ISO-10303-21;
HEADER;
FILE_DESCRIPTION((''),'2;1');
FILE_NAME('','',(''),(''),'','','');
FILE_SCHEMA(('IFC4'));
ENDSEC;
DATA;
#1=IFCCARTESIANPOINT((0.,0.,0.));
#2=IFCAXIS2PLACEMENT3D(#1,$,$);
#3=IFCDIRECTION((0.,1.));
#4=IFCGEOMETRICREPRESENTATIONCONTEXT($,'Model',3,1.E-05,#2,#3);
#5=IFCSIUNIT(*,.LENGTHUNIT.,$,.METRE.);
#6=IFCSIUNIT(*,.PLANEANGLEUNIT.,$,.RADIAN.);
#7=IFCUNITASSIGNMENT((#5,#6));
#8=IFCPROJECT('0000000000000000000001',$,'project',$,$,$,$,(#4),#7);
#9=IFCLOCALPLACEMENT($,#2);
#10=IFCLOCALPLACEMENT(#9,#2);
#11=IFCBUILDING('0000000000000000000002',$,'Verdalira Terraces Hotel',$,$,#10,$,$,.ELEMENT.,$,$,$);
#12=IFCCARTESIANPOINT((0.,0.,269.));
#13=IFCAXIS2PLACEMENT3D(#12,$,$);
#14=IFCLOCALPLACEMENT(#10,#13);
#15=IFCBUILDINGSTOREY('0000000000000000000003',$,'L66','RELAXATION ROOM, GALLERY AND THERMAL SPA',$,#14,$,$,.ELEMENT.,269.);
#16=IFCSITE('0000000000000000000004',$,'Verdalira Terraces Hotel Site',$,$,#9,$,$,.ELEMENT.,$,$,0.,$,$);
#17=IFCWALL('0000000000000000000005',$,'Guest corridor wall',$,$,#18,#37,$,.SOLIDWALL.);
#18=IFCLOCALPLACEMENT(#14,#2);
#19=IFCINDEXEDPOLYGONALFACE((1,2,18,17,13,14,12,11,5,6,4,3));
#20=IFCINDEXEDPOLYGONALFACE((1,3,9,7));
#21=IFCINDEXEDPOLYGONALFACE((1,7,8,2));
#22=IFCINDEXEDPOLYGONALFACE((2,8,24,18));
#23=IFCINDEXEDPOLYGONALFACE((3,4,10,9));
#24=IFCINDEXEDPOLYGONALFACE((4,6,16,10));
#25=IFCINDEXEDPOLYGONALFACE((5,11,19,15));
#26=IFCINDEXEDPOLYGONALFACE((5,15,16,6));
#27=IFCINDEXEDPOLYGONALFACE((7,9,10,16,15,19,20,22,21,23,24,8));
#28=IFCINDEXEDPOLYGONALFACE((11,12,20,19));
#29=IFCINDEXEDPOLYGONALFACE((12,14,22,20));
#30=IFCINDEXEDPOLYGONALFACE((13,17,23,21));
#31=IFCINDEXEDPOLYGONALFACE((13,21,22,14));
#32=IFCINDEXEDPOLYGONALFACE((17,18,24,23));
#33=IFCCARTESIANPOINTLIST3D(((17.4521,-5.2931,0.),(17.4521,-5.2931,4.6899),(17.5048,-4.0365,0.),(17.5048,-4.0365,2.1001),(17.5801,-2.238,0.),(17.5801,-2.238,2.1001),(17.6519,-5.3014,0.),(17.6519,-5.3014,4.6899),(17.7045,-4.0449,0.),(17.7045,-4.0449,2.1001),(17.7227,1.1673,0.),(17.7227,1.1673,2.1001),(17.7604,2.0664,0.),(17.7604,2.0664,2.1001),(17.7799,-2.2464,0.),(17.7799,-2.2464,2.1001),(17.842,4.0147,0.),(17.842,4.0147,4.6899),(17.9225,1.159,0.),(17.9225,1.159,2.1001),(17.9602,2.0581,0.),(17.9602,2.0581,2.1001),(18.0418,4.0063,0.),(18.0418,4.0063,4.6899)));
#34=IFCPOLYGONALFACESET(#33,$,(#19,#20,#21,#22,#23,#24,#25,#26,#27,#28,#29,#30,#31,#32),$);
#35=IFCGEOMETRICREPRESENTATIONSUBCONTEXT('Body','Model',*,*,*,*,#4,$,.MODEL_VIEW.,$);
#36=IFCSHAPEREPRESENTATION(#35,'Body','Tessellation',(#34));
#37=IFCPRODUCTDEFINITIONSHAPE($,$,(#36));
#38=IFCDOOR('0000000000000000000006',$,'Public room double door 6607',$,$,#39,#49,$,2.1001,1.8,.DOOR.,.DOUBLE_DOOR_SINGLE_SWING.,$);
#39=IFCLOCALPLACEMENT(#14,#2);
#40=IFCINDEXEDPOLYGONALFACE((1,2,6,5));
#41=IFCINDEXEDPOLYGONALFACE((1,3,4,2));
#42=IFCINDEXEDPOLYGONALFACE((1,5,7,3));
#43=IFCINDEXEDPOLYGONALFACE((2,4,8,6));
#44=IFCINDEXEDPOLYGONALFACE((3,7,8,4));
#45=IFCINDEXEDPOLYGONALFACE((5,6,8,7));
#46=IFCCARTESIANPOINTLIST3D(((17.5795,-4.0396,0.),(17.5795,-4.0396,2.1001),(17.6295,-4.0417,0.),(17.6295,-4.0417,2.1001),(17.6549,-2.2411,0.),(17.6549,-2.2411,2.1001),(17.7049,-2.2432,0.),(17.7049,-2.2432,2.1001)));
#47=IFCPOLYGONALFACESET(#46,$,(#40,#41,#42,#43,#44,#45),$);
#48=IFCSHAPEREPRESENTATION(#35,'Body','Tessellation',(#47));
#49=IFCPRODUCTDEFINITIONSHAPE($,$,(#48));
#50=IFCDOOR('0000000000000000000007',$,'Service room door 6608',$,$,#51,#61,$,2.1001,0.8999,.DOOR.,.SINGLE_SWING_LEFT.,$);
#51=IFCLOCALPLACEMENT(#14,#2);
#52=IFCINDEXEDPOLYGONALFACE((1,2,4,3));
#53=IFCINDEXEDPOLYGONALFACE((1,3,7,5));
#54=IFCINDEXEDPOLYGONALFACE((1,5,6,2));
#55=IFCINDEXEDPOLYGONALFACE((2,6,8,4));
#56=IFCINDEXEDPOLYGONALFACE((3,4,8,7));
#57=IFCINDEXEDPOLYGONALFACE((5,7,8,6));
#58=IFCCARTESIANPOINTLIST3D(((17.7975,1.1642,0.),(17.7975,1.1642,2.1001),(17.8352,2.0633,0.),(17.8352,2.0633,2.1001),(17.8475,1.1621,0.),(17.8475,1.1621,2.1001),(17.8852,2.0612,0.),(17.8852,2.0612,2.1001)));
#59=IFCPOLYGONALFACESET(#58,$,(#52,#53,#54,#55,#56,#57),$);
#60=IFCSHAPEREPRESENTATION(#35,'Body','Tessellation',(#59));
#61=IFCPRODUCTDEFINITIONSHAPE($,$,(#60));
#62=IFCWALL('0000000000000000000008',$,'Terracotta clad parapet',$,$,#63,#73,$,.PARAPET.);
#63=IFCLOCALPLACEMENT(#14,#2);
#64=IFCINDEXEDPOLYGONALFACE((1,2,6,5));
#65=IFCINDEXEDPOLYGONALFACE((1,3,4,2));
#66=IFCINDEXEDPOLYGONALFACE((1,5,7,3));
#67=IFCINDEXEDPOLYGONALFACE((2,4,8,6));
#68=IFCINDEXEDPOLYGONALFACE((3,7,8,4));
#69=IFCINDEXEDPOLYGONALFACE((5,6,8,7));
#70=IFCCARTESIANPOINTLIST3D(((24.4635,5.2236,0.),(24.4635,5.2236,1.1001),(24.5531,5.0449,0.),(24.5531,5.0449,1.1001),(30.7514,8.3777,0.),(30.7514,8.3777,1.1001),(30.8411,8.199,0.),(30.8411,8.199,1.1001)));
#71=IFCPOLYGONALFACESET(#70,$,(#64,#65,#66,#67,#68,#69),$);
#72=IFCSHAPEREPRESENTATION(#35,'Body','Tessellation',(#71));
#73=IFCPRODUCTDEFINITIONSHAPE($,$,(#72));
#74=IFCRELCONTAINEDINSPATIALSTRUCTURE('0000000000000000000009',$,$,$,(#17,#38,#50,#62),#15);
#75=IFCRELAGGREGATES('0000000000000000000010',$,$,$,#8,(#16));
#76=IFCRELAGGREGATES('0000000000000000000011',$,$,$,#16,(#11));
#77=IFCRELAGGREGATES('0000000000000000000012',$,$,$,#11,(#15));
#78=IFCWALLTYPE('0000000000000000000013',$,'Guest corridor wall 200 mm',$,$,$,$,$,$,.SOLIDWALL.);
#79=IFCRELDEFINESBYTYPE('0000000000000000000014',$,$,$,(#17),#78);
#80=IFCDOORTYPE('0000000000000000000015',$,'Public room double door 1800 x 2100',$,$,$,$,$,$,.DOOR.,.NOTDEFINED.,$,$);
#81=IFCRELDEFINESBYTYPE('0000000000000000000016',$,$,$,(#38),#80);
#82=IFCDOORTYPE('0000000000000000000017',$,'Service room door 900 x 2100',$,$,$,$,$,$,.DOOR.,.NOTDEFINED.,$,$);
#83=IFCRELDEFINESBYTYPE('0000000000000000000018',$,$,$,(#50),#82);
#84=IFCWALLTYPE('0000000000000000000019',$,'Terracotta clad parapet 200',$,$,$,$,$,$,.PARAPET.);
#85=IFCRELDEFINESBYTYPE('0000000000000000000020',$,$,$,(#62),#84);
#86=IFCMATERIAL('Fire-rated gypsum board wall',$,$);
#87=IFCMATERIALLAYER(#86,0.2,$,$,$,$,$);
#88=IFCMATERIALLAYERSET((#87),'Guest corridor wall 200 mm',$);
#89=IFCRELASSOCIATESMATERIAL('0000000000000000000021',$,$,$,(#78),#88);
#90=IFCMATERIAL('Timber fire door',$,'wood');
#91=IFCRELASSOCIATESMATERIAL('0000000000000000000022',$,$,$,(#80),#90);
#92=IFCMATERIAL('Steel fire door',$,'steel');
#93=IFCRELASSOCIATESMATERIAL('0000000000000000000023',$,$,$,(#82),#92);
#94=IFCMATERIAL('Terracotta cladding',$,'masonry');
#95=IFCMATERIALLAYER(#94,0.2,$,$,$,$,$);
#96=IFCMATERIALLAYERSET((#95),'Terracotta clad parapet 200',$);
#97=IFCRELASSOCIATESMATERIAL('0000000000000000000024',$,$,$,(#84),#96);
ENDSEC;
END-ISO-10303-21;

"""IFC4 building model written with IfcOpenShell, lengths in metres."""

from ifc_helpers import new_model, si_unit, direction, frame, frame_2d, origin, place, context, subcontext, project, spatial, rectangle, extrude, material, layer, layer_set, type_object, element, fill, save


model = new_model("IFC4")

# Units and contexts
model_context = context("Model", 3, precision=1e-05, world=origin(), true_north=direction((0.0, 1.0)))
body_context = subcontext(model_context, "Body", "Model", "MODEL_VIEW")
ifc_project = project(units=[si_unit("LENGTHUNIT", "METRE"), si_unit("PLANEANGLEUNIT", "RADIAN")], contexts=[model_context])

# Site, building, storey
site_placement = place(None, origin())
site = spatial("IfcSite", under=ifc_project, at=site_placement, Name="Verdalira Terraces Hotel Site", CompositionType="ELEMENT", RefElevation=0.0)
building_placement = place(site_placement, origin())
building = spatial("IfcBuilding", under=site, at=building_placement, Name="Verdalira Terraces Hotel", CompositionType="ELEMENT")
storey_placement = place(building_placement, frame((0.0, 0.0, 269.0)))
storey = spatial("IfcBuildingStorey", under=building, at=storey_placement, Name="L66", Description="RELAXATION ROOM, GALLERY AND THERMAL SPA", CompositionType="ELEMENT", Elevation=269.0)

# Shared definitions
ifc_material_1 = material(Name="Fire-rated gypsum board wall")
ifc_layer_1 = layer(ifc_material_1, 0.2)
ifc_layer_set_1 = layer_set([ifc_layer_1], Name="Guest corridor wall 200 mm")
wall_type_1 = type_object("IfcWallType", Name="Guest corridor wall 200 mm", PredefinedType="SOLIDWALL", material=ifc_layer_set_1)
ifc_material_2 = material(Name="Timber fire door", Category="wood")
door_type_1 = type_object("IfcDoorType", Name="Public room double door 1800 x 2100", OperationType="NOTDEFINED", PredefinedType="DOOR", material=ifc_material_2)

# Wall, openings, doors
wall_1_placement = place(storey_placement, frame((17.9419, 4.0105, 0.0), z_axis=(0.0, 0.0, 1.0), x_axis=(-0.041852, -0.999124, 0.0)))
wall_1 = element("IfcWall", 1, at=wall_1_placement, inside=storey, type_object=wall_type_1, Name="Guest corridor wall", PredefinedType="SOLIDWALL", context=body_context, shape_type="SweptSolid", body=[
    extrude(rectangle(XDim=9.3159, YDim=0.2, at=frame_2d((4.658, 0.0))), origin(), (0.0, 0.0, 1.0), 4.6899),
])
opening_1_placement = place(wall_1_placement, frame((6.2583, 0.0, 0.0)))
opening_1 = element("IfcOpeningElement", 2, at=opening_1_placement, cuts=wall_1, PredefinedType="OPENING", context=body_context, shape_type="SweptSolid", body=[
    extrude(rectangle(XDim=1.8, YDim=2.1001, at=frame_2d((0.8999, 1.05))), frame((0.0, 0.1099, 0.0), z_axis=(0.0, -1.0, 0.0), x_axis=(1.0, 0.0, 0.0)), (0.0, 0.0, 1.0), 0.22),
])
opening_2_placement = place(wall_1_placement, frame((1.95, 0.0, 0.0)))
opening_2 = element("IfcOpeningElement", 3, at=opening_2_placement, cuts=wall_1, PredefinedType="OPENING", context=body_context, shape_type="SweptSolid", body=[
    extrude(rectangle(XDim=0.8999, YDim=2.1001, at=frame_2d((0.45, 1.05))), frame((0.0, 0.1099, 0.0), z_axis=(0.0, -1.0, 0.0), x_axis=(1.0, 0.0, 0.0)), (0.0, 0.0, 1.0), 0.22),
])
door_1_placement = place(opening_1_placement, origin())
door_1 = element("IfcDoor", 4, at=door_1_placement, inside=storey, type_object=door_type_1, Name="Public room double door 6607", OperationType="DOUBLE_DOOR_SINGLE_SWING", OverallHeight=2.1001, OverallWidth=1.8, PredefinedType="DOOR", context=body_context, shape_type="SweptSolid", body=[
    extrude(rectangle(XDim=1.8, YDim=2.1001, at=frame_2d((0.8999, 1.05))), frame((0.0, 0.0249, 0.0), z_axis=(0.0, -1.0, 0.0), x_axis=(1.0, 0.0, 0.0)), (0.0, 0.0, 1.0), 0.05),
])
fill(opening_1, door_1)
ifc_material_3 = material(Name="Steel fire door", Category="steel")
door_type_2 = type_object("IfcDoorType", Name="Service room door 900 x 2100", OperationType="NOTDEFINED", PredefinedType="DOOR", material=ifc_material_3)
door_2_placement = place(opening_2_placement, origin())
door_2 = element("IfcDoor", 5, at=door_2_placement, inside=storey, type_object=door_type_2, Name="Service room door 6608", OperationType="SINGLE_SWING_LEFT", OverallHeight=2.1001, OverallWidth=0.8999, PredefinedType="DOOR", context=body_context, shape_type="SweptSolid", body=[
    extrude(rectangle(XDim=0.8999, YDim=2.1001, at=frame_2d((0.45, 1.05))), frame((0.0, 0.0249, 0.0), z_axis=(0.0, -1.0, 0.0), x_axis=(1.0, 0.0, 0.0)), (0.0, 0.0, 1.0), 0.05),
])
fill(opening_2, door_2)

# Wall
ifc_material_4 = material(Name="Terracotta cladding", Category="masonry")
ifc_layer_2 = layer(ifc_material_4, 0.2)
ifc_layer_set_2 = layer_set([ifc_layer_2], Name="Terracotta clad parapet 200")
wall_type_2 = type_object("IfcWallType", Name="Terracotta clad parapet 200", PredefinedType="PARAPET", material=ifc_layer_set_2)
wall_2_placement = place(storey_placement, frame((24.5083, 5.1343, 0.0), z_axis=(0.0, 0.0, 1.0), x_axis=(0.89385, 0.448365, 0.0)))
element("IfcWall", 6, at=wall_2_placement, inside=storey, type_object=wall_type_2, Name="Terracotta clad parapet", PredefinedType="PARAPET", context=body_context, shape_type="SweptSolid", body=[
    extrude(rectangle(XDim=7.0347, YDim=0.2, at=frame_2d((3.5173, 0.0))), origin(), (0.0, 0.0, 1.0), 1.1001),
])

save(model, "model.ifc")
